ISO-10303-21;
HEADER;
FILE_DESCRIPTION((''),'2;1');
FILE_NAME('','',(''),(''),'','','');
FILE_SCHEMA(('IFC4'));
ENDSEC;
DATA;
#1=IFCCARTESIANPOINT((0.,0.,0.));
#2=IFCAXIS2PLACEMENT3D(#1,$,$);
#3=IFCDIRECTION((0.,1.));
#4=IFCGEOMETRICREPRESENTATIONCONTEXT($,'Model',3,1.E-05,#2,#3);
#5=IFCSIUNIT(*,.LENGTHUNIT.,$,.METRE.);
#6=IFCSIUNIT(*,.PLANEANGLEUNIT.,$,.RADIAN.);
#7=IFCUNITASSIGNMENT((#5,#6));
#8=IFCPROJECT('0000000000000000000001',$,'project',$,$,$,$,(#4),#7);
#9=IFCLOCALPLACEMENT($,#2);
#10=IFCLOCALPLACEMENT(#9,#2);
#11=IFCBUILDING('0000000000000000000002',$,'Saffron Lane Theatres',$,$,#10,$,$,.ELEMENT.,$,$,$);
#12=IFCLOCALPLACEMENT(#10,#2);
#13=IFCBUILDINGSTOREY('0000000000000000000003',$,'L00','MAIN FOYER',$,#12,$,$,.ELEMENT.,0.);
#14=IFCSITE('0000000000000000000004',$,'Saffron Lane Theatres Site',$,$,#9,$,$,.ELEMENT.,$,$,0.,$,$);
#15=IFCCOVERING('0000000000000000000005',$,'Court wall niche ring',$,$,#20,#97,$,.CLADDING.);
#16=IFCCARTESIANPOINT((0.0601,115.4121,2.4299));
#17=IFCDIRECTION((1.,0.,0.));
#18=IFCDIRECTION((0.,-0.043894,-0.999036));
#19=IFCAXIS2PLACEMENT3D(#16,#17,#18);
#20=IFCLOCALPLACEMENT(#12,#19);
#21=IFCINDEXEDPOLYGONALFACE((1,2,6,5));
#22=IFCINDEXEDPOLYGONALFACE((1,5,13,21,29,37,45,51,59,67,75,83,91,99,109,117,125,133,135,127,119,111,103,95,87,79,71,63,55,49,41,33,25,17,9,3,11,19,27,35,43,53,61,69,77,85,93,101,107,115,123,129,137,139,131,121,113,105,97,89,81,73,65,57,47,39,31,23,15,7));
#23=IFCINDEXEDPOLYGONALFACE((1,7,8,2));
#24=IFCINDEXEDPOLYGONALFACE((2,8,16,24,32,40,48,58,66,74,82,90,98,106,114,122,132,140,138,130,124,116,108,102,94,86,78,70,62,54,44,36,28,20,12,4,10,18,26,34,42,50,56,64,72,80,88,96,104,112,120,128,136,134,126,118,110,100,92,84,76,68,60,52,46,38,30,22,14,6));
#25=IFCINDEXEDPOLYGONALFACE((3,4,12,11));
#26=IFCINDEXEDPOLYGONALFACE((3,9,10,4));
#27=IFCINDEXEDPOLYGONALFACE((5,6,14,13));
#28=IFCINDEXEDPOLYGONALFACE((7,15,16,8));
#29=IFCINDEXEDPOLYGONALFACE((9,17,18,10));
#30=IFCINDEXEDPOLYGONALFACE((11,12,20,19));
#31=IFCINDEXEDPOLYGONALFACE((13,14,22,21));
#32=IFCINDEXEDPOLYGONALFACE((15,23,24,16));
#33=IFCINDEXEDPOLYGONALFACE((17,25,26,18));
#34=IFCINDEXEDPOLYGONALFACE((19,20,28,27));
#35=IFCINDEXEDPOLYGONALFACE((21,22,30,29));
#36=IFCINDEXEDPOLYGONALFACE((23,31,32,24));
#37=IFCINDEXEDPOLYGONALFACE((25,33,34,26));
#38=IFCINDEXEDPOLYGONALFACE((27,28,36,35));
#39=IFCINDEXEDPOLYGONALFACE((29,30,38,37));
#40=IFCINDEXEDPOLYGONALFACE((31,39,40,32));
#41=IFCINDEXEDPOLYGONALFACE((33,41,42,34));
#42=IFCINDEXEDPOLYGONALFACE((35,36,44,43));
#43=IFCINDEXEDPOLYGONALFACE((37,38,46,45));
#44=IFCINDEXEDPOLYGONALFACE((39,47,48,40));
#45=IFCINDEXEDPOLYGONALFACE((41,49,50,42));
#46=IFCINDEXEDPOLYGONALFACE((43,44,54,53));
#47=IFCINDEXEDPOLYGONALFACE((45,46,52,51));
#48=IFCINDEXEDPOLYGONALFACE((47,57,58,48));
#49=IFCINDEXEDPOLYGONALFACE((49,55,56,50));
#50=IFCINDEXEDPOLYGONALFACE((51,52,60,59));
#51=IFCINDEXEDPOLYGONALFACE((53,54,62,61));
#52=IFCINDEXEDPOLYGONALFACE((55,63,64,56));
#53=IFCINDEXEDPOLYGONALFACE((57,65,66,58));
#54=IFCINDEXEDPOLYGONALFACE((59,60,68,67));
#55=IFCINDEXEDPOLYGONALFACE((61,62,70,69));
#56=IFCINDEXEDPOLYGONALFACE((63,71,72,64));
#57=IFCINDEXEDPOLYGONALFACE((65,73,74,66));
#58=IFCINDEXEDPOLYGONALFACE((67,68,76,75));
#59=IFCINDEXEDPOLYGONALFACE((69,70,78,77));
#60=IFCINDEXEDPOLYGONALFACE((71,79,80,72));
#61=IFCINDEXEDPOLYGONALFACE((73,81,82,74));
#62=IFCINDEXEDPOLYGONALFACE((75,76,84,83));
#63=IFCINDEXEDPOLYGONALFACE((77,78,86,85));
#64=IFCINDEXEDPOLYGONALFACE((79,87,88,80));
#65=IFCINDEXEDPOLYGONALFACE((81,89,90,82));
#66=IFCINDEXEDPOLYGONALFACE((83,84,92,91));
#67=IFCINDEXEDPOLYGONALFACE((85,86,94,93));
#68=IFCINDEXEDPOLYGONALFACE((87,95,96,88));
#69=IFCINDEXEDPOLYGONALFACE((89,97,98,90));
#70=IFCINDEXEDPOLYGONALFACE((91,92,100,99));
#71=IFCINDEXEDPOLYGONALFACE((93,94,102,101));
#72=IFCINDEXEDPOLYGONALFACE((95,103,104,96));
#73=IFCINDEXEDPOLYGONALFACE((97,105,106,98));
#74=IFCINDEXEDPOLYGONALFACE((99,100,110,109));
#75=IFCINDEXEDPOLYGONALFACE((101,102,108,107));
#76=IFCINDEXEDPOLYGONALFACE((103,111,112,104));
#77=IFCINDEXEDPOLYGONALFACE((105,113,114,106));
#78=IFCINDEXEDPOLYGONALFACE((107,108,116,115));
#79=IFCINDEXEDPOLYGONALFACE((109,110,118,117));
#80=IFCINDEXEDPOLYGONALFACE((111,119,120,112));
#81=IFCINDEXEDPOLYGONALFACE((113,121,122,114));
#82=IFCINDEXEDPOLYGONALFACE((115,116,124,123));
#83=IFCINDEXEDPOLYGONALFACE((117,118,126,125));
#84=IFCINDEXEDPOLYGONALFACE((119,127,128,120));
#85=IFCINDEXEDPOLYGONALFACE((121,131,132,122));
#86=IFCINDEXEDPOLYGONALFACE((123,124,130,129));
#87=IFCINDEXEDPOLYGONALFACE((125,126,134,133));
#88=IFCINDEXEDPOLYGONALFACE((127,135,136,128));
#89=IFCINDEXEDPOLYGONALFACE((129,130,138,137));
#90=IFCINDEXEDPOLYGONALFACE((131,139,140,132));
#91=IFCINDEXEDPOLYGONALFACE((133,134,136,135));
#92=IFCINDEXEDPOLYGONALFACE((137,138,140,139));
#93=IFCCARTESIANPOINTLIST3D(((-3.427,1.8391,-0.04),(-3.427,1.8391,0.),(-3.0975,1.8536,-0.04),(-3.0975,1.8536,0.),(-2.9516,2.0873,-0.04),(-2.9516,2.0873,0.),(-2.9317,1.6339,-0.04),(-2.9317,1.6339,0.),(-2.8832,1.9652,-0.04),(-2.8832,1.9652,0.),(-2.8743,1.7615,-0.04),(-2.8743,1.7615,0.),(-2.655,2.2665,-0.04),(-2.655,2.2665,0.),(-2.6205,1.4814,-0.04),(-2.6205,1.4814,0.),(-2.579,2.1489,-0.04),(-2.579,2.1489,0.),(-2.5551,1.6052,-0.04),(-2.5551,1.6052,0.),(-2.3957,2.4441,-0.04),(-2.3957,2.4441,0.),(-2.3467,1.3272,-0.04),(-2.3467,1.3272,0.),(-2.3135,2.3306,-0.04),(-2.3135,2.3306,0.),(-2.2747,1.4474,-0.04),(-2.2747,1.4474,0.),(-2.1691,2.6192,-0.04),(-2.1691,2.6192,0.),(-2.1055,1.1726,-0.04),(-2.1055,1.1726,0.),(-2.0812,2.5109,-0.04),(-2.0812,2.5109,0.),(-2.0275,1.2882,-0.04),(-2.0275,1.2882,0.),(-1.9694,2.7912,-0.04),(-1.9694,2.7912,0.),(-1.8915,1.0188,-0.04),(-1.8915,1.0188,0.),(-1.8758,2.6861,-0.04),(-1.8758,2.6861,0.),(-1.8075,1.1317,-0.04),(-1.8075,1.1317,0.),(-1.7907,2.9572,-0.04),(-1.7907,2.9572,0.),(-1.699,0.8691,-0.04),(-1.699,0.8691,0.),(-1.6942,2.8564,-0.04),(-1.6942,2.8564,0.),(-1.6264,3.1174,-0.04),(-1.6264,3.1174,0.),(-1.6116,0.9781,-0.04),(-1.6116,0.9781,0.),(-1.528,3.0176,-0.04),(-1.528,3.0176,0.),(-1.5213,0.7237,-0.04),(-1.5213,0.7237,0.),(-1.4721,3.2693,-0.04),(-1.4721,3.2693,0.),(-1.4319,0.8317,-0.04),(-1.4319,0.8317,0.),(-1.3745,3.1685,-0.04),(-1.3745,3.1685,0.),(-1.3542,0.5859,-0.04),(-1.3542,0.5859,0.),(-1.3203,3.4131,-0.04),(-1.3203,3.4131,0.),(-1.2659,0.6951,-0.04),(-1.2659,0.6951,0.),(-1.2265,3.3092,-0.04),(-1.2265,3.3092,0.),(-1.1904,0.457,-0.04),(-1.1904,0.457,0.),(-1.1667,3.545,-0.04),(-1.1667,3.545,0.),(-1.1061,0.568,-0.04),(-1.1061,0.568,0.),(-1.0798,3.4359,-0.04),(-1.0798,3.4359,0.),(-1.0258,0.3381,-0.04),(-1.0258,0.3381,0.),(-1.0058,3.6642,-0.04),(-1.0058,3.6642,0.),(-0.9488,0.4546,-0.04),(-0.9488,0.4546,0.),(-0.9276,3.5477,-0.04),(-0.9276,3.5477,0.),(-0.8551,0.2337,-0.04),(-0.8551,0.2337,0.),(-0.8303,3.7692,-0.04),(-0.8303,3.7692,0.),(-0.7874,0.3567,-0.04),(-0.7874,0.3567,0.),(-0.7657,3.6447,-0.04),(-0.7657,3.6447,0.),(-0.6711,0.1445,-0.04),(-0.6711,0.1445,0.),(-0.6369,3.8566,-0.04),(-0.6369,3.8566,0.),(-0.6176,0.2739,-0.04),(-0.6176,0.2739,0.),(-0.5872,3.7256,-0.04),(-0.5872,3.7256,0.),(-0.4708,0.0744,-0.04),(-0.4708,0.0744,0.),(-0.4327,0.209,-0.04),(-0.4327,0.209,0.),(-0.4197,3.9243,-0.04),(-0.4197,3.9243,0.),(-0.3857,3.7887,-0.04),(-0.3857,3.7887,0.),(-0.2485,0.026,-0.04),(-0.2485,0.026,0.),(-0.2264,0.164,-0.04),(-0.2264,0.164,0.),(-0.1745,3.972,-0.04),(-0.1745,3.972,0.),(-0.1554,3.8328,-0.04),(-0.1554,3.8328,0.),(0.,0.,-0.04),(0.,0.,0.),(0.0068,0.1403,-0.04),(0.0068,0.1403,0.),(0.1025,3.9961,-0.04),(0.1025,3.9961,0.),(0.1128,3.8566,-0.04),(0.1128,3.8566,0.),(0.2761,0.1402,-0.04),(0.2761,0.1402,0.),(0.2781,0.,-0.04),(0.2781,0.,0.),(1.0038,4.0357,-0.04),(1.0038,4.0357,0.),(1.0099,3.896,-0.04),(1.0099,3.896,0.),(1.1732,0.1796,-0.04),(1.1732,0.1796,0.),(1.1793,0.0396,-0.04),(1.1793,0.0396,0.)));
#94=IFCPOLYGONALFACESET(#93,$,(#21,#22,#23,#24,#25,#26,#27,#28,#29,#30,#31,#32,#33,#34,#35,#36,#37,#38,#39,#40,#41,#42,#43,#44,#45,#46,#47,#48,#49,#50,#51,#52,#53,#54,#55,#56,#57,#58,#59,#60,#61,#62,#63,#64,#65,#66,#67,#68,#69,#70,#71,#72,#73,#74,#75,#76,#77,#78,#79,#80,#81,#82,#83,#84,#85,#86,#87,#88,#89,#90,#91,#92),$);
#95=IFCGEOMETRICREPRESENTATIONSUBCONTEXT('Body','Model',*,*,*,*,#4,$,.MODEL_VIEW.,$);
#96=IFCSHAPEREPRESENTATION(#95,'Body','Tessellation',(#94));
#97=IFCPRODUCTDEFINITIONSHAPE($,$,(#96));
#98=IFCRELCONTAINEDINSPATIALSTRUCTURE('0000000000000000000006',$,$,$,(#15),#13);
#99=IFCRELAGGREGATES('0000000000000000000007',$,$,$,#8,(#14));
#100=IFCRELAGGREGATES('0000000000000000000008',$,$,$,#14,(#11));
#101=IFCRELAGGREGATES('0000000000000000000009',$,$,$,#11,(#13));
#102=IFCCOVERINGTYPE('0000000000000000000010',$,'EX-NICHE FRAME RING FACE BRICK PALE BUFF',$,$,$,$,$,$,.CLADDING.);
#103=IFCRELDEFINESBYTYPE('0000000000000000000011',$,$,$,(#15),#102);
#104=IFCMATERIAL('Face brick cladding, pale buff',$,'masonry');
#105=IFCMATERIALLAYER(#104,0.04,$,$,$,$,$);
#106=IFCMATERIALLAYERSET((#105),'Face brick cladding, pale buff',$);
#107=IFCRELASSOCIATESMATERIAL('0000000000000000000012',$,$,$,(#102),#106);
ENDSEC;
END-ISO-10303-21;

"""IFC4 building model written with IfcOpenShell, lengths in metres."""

from ifc_helpers import new_model, si_unit, direction, frame, origin, place, context, subcontext, project, spatial, polyline, outline, extrude, material, layer, layer_set, type_object, element, save


model = new_model("IFC4")

# Units and contexts
model_context = context("Model", 3, precision=1e-05, world=origin(), true_north=direction((0.0, 1.0)))
body_context = subcontext(model_context, "Body", "Model", "MODEL_VIEW")
ifc_project = project(units=[si_unit("LENGTHUNIT", "METRE"), si_unit("PLANEANGLEUNIT", "RADIAN")], contexts=[model_context])

# Site, building, storey
site_placement = place(None, origin())
site = spatial("IfcSite", under=ifc_project, at=site_placement, Name="Saffron Lane Theatres Site", CompositionType="ELEMENT", RefElevation=0.0)
building_placement = place(site_placement, origin())
building = spatial("IfcBuilding", under=site, at=building_placement, Name="Saffron Lane Theatres", CompositionType="ELEMENT")
storey_placement = place(building_placement, origin())
storey = spatial("IfcBuildingStorey", under=building, at=storey_placement, Name="L00", Description="MAIN FOYER", CompositionType="ELEMENT", Elevation=0.0)

# Covering
ifc_material_1 = material(Name="Face brick cladding, pale buff", Category="masonry")
ifc_layer_1 = layer(ifc_material_1, 0.04)
ifc_layer_set_1 = layer_set([ifc_layer_1], Name="Face brick cladding, pale buff")
covering_type = type_object("IfcCoveringType", Name="EX-NICHE FRAME RING FACE BRICK PALE BUFF", PredefinedType="CLADDING", material=ifc_layer_set_1)
covering_1_placement = place(storey_placement, frame((0.0601, 115.4121, 2.4299), z_axis=(1.0, 0.0, 0.0), x_axis=(0.0, -0.043894, -0.999036)))
element("IfcCovering", 1, at=covering_1_placement, inside=storey, type_object=covering_type, Name="Court wall niche ring", PredefinedType="CLADDING", context=body_context, shape_type="SweptSolid", body=[
    extrude(outline(polyline([(0.0, 0.0), (0.2781, 0.0), (1.1793, 0.0396), (1.1732, 0.1796), (0.2761, 0.1402), (0.0068, 0.1403), (-0.2264, 0.164), (-0.4327, 0.209), (-0.6176, 0.2739), (-0.7874, 0.3567), (-0.9488, 0.4546), (-1.1061, 0.568), (-1.2659, 0.6951), (-1.4319, 0.8317), (-1.6116, 0.9781), (-1.8075, 1.1317), (-2.0275, 1.2882), (-2.2747, 1.4474), (-2.5551, 1.6052), (-2.8743, 1.7615), (-3.0975, 1.8536), (-2.8832, 1.9652), (-2.579, 2.1489), (-2.3135, 2.3306), (-2.0812, 2.5109), (-1.8758, 2.6861), (-1.6942, 2.8564), (-1.528, 3.0176), (-1.3745, 3.1685), (-1.2265, 3.3092), (-1.0798, 3.4359), (-0.9276, 3.5477), (-0.7657, 3.6447), (-0.5872, 3.7256), (-0.3857, 3.7887), (-0.1554, 3.8328), (0.1128, 3.8566), (1.0099, 3.896), (1.0038, 4.0357), (0.1025, 3.9961), (-0.1745, 3.972), (-0.4197, 3.9243), (-0.6369, 3.8566), (-0.8303, 3.7692), (-1.0058, 3.6642), (-1.1667, 3.545), (-1.3203, 3.4131), (-1.4721, 3.2693), (-1.6264, 3.1174), (-1.7907, 2.9572), (-1.9694, 2.7912), (-2.1691, 2.6192), (-2.3957, 2.4441), (-2.655, 2.2665), (-2.9516, 2.0873), (-3.427, 1.8391), (-2.9317, 1.6339), (-2.6205, 1.4814), (-2.3467, 1.3272), (-2.1055, 1.1726), (-1.8915, 1.0188), (-1.699, 0.8691), (-1.5213, 0.7237), (-1.3542, 0.5859), (-1.1904, 0.457), (-1.0258, 0.3381), (-0.8551, 0.2337), (-0.6711, 0.1445), (-0.4708, 0.0744), (-0.2485, 0.026), (0.0, 0.0)])), origin(), (0.0, 0.0, -1.0), 0.04),
])

save(model, "model.ifc")
